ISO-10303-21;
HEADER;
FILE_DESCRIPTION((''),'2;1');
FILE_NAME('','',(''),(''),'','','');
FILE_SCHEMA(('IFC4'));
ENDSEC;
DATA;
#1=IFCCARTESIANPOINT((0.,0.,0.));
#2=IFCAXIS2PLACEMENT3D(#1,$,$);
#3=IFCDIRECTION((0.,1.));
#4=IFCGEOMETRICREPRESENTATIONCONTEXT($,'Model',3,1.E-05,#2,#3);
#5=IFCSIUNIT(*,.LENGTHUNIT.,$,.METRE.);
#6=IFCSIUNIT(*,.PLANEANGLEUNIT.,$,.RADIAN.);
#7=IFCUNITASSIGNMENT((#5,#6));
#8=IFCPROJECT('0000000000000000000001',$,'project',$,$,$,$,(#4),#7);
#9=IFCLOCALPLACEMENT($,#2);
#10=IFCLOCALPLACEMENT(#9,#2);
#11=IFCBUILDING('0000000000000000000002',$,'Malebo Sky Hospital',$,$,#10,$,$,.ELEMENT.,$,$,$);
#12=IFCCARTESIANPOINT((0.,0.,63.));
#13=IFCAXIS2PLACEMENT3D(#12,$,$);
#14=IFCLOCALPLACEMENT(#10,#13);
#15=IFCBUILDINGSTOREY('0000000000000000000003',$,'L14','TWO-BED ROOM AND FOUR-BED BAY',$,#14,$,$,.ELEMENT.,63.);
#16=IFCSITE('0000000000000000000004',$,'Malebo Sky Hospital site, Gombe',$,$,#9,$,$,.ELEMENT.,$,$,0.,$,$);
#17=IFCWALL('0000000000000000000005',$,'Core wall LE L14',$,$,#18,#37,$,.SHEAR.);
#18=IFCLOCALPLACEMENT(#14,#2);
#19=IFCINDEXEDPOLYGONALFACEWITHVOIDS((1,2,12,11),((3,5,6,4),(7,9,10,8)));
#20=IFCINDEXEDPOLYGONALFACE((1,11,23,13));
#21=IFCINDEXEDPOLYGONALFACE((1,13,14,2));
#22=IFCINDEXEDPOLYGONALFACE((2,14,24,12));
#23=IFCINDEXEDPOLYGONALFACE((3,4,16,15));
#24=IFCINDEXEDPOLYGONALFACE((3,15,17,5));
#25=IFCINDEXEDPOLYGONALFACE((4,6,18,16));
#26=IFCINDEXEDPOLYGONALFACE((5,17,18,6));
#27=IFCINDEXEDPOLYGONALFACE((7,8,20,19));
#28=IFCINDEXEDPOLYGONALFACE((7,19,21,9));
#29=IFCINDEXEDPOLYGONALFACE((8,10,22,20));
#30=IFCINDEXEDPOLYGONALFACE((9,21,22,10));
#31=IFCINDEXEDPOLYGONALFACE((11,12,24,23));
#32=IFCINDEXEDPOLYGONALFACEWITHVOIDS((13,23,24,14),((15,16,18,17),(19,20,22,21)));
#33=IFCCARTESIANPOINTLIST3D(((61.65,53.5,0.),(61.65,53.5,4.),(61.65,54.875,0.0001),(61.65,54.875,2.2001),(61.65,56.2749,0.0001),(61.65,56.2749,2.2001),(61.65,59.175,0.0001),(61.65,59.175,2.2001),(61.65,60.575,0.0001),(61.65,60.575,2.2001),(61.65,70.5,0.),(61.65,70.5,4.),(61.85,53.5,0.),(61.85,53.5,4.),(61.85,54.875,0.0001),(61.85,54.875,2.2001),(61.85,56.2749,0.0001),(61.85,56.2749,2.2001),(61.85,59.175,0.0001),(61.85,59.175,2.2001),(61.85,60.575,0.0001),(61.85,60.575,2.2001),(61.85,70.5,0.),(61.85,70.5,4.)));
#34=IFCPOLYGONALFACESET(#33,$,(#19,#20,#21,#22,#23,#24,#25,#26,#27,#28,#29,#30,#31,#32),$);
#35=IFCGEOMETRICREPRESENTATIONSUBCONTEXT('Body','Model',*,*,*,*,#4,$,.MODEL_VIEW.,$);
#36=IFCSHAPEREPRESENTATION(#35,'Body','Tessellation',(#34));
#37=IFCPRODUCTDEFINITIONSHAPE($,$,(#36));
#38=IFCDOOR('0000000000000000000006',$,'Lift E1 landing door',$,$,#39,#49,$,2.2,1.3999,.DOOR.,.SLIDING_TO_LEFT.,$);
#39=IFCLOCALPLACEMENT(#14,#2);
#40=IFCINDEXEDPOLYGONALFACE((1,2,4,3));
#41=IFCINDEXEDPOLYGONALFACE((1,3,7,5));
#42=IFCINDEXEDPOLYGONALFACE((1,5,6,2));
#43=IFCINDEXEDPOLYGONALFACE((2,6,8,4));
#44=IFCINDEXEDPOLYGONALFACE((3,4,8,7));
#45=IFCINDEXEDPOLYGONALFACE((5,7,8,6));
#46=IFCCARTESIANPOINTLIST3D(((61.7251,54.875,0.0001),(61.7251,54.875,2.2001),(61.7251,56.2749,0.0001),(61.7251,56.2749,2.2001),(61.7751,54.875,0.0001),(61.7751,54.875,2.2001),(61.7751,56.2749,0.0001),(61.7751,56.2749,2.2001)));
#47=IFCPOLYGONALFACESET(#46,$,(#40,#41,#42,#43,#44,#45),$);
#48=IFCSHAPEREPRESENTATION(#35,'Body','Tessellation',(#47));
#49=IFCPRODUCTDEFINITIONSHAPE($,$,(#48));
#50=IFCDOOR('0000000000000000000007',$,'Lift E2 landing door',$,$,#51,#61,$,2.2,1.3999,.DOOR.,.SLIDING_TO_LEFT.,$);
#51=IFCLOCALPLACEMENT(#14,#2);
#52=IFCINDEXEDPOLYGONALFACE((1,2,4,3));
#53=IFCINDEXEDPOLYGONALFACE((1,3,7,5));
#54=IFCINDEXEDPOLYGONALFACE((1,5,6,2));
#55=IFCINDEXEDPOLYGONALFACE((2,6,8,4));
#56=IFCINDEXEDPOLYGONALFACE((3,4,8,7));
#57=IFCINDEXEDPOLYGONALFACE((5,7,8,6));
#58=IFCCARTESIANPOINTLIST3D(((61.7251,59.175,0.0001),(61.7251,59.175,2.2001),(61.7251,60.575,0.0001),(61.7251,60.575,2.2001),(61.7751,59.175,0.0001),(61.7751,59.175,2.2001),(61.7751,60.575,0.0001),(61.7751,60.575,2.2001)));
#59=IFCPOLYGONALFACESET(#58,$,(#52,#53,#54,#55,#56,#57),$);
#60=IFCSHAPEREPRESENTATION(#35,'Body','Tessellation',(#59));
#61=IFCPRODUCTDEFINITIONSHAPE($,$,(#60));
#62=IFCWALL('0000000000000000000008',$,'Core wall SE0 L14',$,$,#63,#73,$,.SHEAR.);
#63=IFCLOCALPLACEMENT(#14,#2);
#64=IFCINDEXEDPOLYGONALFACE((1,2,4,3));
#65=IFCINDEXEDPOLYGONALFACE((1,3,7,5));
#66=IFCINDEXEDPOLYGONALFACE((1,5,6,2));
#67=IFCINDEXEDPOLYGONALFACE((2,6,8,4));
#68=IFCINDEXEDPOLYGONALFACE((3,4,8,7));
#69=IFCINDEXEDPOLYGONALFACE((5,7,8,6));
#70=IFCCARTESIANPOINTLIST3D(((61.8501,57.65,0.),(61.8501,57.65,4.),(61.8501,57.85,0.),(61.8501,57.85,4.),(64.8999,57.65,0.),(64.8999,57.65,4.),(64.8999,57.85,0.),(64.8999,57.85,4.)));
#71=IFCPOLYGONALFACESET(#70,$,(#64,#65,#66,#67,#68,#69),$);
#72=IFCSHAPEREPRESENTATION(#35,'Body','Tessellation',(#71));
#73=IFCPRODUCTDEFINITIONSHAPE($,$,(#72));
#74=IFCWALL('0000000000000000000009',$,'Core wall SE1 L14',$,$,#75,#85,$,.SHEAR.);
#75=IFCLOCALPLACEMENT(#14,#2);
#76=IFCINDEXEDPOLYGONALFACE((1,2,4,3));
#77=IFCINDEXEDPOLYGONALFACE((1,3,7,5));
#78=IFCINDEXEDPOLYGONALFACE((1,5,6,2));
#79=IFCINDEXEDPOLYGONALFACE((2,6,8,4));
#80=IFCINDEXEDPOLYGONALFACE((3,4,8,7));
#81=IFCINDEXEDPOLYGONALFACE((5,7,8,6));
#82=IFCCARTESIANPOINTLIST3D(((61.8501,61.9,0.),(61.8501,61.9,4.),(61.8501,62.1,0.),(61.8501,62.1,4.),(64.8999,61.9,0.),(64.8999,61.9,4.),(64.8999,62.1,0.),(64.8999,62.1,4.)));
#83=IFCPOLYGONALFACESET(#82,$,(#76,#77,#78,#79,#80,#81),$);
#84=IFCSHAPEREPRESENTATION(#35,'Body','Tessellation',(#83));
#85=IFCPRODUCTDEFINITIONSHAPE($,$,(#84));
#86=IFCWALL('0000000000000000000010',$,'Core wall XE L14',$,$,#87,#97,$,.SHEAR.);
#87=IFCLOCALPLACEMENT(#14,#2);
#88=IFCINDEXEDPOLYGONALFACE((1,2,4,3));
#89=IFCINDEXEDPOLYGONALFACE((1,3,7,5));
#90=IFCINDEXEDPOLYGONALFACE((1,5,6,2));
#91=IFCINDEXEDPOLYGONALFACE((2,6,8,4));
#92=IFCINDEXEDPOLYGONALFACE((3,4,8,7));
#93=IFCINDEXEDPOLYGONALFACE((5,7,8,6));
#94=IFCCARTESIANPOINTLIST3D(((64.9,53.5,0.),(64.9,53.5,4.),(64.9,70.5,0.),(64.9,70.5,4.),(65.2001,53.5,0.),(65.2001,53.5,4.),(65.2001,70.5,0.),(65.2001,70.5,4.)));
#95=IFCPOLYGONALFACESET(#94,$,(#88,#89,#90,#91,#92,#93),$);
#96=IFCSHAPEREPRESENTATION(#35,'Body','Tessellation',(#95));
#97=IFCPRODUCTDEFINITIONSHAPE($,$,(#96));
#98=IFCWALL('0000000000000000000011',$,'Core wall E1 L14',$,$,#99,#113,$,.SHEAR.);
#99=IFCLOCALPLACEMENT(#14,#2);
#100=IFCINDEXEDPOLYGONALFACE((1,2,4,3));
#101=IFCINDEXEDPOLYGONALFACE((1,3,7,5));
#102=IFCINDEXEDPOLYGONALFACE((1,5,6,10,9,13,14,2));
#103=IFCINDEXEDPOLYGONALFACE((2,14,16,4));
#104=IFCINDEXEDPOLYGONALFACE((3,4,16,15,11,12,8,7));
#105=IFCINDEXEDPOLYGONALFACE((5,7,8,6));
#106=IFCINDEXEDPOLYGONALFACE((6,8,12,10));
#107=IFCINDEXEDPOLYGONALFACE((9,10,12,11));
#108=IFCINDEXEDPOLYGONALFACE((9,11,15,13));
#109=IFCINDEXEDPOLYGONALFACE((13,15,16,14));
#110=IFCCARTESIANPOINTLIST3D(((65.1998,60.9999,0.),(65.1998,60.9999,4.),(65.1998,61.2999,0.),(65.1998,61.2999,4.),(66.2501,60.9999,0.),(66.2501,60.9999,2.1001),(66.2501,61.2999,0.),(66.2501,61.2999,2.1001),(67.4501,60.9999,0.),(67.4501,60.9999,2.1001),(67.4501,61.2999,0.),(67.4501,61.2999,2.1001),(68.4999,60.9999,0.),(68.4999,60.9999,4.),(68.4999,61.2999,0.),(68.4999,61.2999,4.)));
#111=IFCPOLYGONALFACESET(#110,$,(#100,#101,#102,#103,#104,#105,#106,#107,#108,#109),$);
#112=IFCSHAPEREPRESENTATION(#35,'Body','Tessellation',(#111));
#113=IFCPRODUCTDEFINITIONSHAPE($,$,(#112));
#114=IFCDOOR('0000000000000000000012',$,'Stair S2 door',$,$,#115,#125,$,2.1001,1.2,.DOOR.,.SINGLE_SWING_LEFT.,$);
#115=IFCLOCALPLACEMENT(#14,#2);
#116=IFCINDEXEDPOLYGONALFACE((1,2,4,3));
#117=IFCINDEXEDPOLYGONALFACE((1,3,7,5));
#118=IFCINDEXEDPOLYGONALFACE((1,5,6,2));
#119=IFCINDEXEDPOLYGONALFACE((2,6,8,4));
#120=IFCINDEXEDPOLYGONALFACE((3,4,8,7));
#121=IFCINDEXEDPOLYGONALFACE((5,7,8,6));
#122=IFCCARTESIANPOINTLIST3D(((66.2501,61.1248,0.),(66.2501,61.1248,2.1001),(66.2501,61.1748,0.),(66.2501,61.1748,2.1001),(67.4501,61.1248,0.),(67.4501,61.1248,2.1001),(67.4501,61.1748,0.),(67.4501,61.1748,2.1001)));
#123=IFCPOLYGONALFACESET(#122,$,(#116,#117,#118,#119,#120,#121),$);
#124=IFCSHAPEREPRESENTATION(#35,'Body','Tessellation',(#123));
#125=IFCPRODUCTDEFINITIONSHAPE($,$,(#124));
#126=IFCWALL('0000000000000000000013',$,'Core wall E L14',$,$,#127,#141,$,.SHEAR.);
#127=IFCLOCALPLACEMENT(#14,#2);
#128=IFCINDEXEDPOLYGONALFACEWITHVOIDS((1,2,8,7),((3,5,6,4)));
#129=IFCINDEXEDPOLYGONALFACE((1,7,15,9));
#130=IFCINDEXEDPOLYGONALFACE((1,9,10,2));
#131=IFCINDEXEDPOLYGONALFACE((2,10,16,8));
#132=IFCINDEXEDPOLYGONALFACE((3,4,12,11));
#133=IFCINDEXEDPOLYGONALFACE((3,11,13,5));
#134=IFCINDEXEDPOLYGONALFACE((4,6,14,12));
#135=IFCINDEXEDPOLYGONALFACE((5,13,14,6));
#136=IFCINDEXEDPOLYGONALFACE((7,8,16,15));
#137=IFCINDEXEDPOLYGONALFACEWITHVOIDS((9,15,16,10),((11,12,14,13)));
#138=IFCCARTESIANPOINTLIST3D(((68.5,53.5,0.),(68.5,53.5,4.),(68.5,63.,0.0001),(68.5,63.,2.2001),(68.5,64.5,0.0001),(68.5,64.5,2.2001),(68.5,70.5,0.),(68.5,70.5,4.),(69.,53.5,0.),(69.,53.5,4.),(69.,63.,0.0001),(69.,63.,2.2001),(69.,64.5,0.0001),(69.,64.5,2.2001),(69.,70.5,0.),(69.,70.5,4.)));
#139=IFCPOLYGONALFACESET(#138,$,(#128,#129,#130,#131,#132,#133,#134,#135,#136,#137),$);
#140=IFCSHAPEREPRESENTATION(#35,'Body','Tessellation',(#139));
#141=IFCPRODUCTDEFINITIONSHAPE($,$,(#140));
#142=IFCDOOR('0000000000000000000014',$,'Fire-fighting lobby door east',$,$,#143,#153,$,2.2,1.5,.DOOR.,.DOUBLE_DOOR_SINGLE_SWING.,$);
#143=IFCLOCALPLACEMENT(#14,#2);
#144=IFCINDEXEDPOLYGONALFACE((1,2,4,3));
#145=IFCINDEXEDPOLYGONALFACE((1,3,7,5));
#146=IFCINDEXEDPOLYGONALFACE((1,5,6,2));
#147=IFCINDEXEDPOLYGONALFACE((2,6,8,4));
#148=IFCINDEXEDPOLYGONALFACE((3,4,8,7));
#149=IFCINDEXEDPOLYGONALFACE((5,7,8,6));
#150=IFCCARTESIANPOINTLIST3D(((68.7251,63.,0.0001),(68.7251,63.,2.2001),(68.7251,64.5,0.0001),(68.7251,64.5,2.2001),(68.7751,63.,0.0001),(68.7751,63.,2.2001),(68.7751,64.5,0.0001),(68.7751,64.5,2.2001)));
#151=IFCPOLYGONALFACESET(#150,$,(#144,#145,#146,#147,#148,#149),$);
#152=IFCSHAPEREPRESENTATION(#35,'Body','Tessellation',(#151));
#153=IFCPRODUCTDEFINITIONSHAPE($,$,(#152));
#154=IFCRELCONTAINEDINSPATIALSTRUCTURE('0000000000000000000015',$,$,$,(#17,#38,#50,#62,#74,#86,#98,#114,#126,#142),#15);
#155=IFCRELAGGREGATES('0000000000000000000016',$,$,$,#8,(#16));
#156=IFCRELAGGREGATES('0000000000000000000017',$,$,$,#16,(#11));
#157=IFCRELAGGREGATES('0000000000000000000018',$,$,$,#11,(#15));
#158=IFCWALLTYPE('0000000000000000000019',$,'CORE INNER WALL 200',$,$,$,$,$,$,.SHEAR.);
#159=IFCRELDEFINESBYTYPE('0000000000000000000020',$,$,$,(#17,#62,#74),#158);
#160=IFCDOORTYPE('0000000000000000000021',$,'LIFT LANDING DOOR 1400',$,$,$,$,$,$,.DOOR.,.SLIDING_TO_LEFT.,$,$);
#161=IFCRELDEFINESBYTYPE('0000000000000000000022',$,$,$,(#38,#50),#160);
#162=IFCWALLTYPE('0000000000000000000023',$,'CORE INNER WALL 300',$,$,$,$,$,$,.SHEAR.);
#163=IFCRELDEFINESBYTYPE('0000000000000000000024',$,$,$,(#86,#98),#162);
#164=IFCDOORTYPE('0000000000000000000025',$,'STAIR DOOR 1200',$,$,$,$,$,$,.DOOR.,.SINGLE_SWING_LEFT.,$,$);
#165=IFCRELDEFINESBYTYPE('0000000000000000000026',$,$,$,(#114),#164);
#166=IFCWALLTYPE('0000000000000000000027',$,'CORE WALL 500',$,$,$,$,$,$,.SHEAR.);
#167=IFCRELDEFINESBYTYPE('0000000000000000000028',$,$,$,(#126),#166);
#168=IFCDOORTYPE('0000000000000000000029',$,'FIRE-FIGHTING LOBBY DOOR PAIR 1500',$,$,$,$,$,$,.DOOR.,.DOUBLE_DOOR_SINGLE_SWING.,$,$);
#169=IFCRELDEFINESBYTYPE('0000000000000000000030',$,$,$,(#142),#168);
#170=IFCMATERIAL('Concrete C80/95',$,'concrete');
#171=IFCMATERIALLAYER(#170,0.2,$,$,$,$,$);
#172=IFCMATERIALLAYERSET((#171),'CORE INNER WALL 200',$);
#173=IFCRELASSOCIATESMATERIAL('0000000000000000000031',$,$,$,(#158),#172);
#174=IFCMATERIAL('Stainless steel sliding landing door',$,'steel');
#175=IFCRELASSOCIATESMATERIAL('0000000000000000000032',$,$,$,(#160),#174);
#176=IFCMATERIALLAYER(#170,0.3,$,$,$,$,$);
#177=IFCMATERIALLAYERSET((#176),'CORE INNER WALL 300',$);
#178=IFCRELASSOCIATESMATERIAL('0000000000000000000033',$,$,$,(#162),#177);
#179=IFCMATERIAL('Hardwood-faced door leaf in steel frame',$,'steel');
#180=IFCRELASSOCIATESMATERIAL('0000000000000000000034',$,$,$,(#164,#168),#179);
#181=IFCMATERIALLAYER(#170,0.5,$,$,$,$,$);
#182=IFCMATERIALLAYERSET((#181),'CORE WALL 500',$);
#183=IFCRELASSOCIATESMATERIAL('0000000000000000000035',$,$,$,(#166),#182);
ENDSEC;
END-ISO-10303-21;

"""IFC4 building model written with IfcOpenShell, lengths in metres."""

from ifc_helpers import new_model, si_unit, direction, frame, frame_2d, origin, place, context, subcontext, project, spatial, rectangle, extrude, material, layer, layer_set, type_object, element, fill, save


model = new_model("IFC4")

# Units and contexts
model_context = context("Model", 3, precision=1e-05, world=origin(), true_north=direction((0.0, 1.0)))
body_context = subcontext(model_context, "Body", "Model", "MODEL_VIEW")
ifc_project = project(units=[si_unit("LENGTHUNIT", "METRE"), si_unit("PLANEANGLEUNIT", "RADIAN")], contexts=[model_context])

# Site, building, storey
site_placement = place(None, origin())
site = spatial("IfcSite", under=ifc_project, at=site_placement, Name="Malebo Sky Hospital site, Gombe", CompositionType="ELEMENT", RefElevation=0.0)
building_placement = place(site_placement, origin())
building = spatial("IfcBuilding", under=site, at=building_placement, Name="Malebo Sky Hospital", CompositionType="ELEMENT")
storey_placement = place(building_placement, frame((0.0, 0.0, 63.0)))
storey = spatial("IfcBuildingStorey", under=building, at=storey_placement, Name="L14", Description="TWO-BED ROOM AND FOUR-BED BAY", CompositionType="ELEMENT", Elevation=63.0)

# Wall, openings, doors
ifc_material_1 = material(Name="Concrete C80/95", Category="concrete")
ifc_layer_1 = layer(ifc_material_1, 0.2)
ifc_layer_set_1 = layer_set([ifc_layer_1], Name="CORE INNER WALL 200")
wall_type_1 = type_object("IfcWallType", Name="CORE INNER WALL 200", PredefinedType="SHEAR", material=ifc_layer_set_1)
wall_1_placement = place(storey_placement, frame((61.75, 53.5, 0.0), z_axis=(0.0, 0.0, 1.0), x_axis=(0.0, 1.0, 0.0)))
wall_1 = element("IfcWall", 1, at=wall_1_placement, inside=storey, type_object=wall_type_1, Name="Core wall LE L14", PredefinedType="SHEAR", context=body_context, shape_type="SweptSolid", body=[
    extrude(rectangle(XDim=17.0, YDim=0.2, at=frame_2d((8.5, 0.0))), origin(), (0.0, 0.0, 1.0), 4.0),
])
opening_1_placement = place(wall_1_placement, frame((1.375, 0.0, 0.0)))
opening_1 = element("IfcOpeningElement", 2, at=opening_1_placement, cuts=wall_1, PredefinedType="OPENING", context=body_context, shape_type="SweptSolid", body=[
    extrude(rectangle(XDim=1.3999, YDim=2.2, at=frame_2d((0.7, 1.1001))), frame((0.0, 0.1099, 0.0), z_axis=(0.0, -1.0, 0.0), x_axis=(1.0, 0.0, 0.0)), (0.0, 0.0, 1.0), 0.22),
])
opening_2_placement = place(wall_1_placement, frame((5.675, 0.0, 0.0)))
opening_2 = element("IfcOpeningElement", 3, at=opening_2_placement, cuts=wall_1, PredefinedType="OPENING", context=body_context, shape_type="SweptSolid", body=[
    extrude(rectangle(XDim=1.3999, YDim=2.2, at=frame_2d((0.7, 1.1001))), frame((0.0, 0.1099, 0.0), z_axis=(0.0, -1.0, 0.0), x_axis=(1.0, 0.0, 0.0)), (0.0, 0.0, 1.0), 0.22),
])
ifc_material_2 = material(Name="Stainless steel sliding landing door", Category="steel")
door_type_1 = type_object("IfcDoorType", Name="LIFT LANDING DOOR 1400", OperationType="SLIDING_TO_LEFT", PredefinedType="DOOR", material=ifc_material_2)
door_1_placement = place(opening_1_placement, origin())
door_1 = element("IfcDoor", 4, at=door_1_placement, inside=storey, type_object=door_type_1, Name="Lift E1 landing door", OperationType="SLIDING_TO_LEFT", OverallHeight=2.2, OverallWidth=1.3999, PredefinedType="DOOR", context=body_context, shape_type="SweptSolid", body=[
    extrude(rectangle(XDim=1.3999, YDim=2.2, at=frame_2d((0.7, 1.1001))), frame((0.0, 0.0249, 0.0), z_axis=(0.0, -1.0, 0.0), x_axis=(1.0, 0.0, 0.0)), (0.0, 0.0, 1.0), 0.05),
])
fill(opening_1, door_1)
door_2_placement = place(opening_2_placement, origin())
door_2 = element("IfcDoor", 5, at=door_2_placement, inside=storey, type_object=door_type_1, Name="Lift E2 landing door", OperationType="SLIDING_TO_LEFT", OverallHeight=2.2, OverallWidth=1.3999, PredefinedType="DOOR", context=body_context, shape_type="SweptSolid", body=[
    extrude(rectangle(XDim=1.3999, YDim=2.2, at=frame_2d((0.7, 1.1001))), frame((0.0, 0.0249, 0.0), z_axis=(0.0, -1.0, 0.0), x_axis=(1.0, 0.0, 0.0)), (0.0, 0.0, 1.0), 0.05),
])
fill(opening_2, door_2)

# Walls
for number, where, z_axis, x_axis, name in (
    (6, (61.8501, 57.75, 0.0), (0.0, 0.0, 1.0), (1.0, 0.0, 0.0), "Core wall SE0 L14"),
    (7, (61.8501, 62.0, 0.0), (0.0, 0.0, 1.0), (1.0, 0.0, 0.0), "Core wall SE1 L14"),
):
    element("IfcWall", number, at=place(storey_placement, frame(where, z_axis=z_axis, x_axis=x_axis)), inside=storey, type_object=wall_type_1, Name=name, PredefinedType="SHEAR", context=body_context, shape_type="SweptSolid", body=[
        extrude(rectangle(XDim=3.0498, YDim=0.2, at=frame_2d((1.5249, 0.0))), origin(), (0.0, 0.0, 1.0), 4.0),
    ])
ifc_layer_2 = layer(ifc_material_1, 0.3)
ifc_layer_set_2 = layer_set([ifc_layer_2], Name="CORE INNER WALL 300")
wall_type_2 = type_object("IfcWallType", Name="CORE INNER WALL 300", PredefinedType="SHEAR", material=ifc_layer_set_2)
wall_2_placement = place(storey_placement, frame((65.05, 53.5, 0.0), z_axis=(0.0, 0.0, 1.0), x_axis=(0.0, 1.0, 0.0)))
element("IfcWall", 8, at=wall_2_placement, inside=storey, type_object=wall_type_2, Name="Core wall XE L14", PredefinedType="SHEAR", context=body_context, shape_type="SweptSolid", body=[
    extrude(rectangle(XDim=17.0, YDim=0.3, at=frame_2d((8.5, 0.0))), origin(), (0.0, 0.0, 1.0), 4.0),
])

# Walls, openings, doors
wall_3_placement = place(storey_placement, frame((65.2, 61.1499, 0.0), z_axis=(0.0, 0.0, 1.0), x_axis=(1.0, 0.0, 0.0)))
wall_3 = element("IfcWall", 9, at=wall_3_placement, inside=storey, type_object=wall_type_2, Name="Core wall E1 L14", PredefinedType="SHEAR", context=body_context, shape_type="SweptSolid", body=[
    extrude(rectangle(XDim=3.3, YDim=0.3, at=frame_2d((1.6499, 0.0))), origin(), (0.0, 0.0, 1.0), 4.0),
])
opening_3_placement = place(wall_3_placement, frame((1.05, 0.0, 0.0)))
opening_3 = element("IfcOpeningElement", 10, at=opening_3_placement, cuts=wall_3, PredefinedType="OPENING", context=body_context, shape_type="SweptSolid", body=[
    extrude(rectangle(XDim=1.2, YDim=2.1001, at=frame_2d((0.6001, 1.05))), frame((0.0, 0.1599, 0.0), z_axis=(0.0, -1.0, 0.0), x_axis=(1.0, 0.0, 0.0)), (0.0, 0.0, 1.0), 0.3201),
])
ifc_material_3 = material(Name="Hardwood-faced door leaf in steel frame", Category="steel")
door_type_2 = type_object("IfcDoorType", Name="STAIR DOOR 1200", OperationType="SINGLE_SWING_LEFT", PredefinedType="DOOR", material=ifc_material_3)
door_3_placement = place(opening_3_placement, origin())
door_3 = element("IfcDoor", 11, at=door_3_placement, inside=storey, type_object=door_type_2, Name="Stair S2 door", OperationType="SINGLE_SWING_LEFT", OverallHeight=2.1001, OverallWidth=1.2, PredefinedType="DOOR", context=body_context, shape_type="SweptSolid", body=[
    extrude(rectangle(XDim=1.2, YDim=2.1001, at=frame_2d((0.6001, 1.05))), frame((0.0, 0.0249, 0.0), z_axis=(0.0, -1.0, 0.0), x_axis=(1.0, 0.0, 0.0)), (0.0, 0.0, 1.0), 0.05),
])
fill(opening_3, door_3)
ifc_layer_3 = layer(ifc_material_1, 0.5)
ifc_layer_set_3 = layer_set([ifc_layer_3], Name="CORE WALL 500")
wall_type_3 = type_object("IfcWallType", Name="CORE WALL 500", PredefinedType="SHEAR", material=ifc_layer_set_3)
wall_4_placement = place(storey_placement, frame((68.75, 53.5, 0.0), z_axis=(0.0, 0.0, 1.0), x_axis=(0.0, 1.0, 0.0)))
wall_4 = element("IfcWall", 12, at=wall_4_placement, inside=storey, type_object=wall_type_3, Name="Core wall E L14", PredefinedType="SHEAR", context=body_context, shape_type="SweptSolid", body=[
    extrude(rectangle(XDim=17.0, YDim=0.5, at=frame_2d((8.5, 0.0))), origin(), (0.0, 0.0, 1.0), 4.0),
])
opening_4_placement = place(wall_4_placement, frame((9.5, 0.0, 0.0)))
opening_4 = element("IfcOpeningElement", 13, at=opening_4_placement, cuts=wall_4, PredefinedType="OPENING", context=body_context, shape_type="SweptSolid", body=[
    extrude(rectangle(XDim=1.5, YDim=2.2, at=frame_2d((0.75, 1.1001))), frame((0.0, 0.26, 0.0), z_axis=(0.0, -1.0, 0.0), x_axis=(1.0, 0.0, 0.0)), (0.0, 0.0, 1.0), 0.52),
])
door_type_3 = type_object("IfcDoorType", Name="FIRE-FIGHTING LOBBY DOOR PAIR 1500", OperationType="DOUBLE_DOOR_SINGLE_SWING", PredefinedType="DOOR", material=ifc_material_3)
door_4_placement = place(opening_4_placement, origin())
door_4 = element("IfcDoor", 14, at=door_4_placement, inside=storey, type_object=door_type_3, Name="Fire-fighting lobby door east", OperationType="DOUBLE_DOOR_SINGLE_SWING", OverallHeight=2.2, OverallWidth=1.5, PredefinedType="DOOR", context=body_context, shape_type="SweptSolid", body=[
    extrude(rectangle(XDim=1.5, YDim=2.2, at=frame_2d((0.75, 1.1001))), frame((0.0, 0.0249, 0.0), z_axis=(0.0, -1.0, 0.0), x_axis=(1.0, 0.0, 0.0)), (0.0, 0.0, 1.0), 0.05),
])
fill(opening_4, door_4)

save(model, "model.ifc")
